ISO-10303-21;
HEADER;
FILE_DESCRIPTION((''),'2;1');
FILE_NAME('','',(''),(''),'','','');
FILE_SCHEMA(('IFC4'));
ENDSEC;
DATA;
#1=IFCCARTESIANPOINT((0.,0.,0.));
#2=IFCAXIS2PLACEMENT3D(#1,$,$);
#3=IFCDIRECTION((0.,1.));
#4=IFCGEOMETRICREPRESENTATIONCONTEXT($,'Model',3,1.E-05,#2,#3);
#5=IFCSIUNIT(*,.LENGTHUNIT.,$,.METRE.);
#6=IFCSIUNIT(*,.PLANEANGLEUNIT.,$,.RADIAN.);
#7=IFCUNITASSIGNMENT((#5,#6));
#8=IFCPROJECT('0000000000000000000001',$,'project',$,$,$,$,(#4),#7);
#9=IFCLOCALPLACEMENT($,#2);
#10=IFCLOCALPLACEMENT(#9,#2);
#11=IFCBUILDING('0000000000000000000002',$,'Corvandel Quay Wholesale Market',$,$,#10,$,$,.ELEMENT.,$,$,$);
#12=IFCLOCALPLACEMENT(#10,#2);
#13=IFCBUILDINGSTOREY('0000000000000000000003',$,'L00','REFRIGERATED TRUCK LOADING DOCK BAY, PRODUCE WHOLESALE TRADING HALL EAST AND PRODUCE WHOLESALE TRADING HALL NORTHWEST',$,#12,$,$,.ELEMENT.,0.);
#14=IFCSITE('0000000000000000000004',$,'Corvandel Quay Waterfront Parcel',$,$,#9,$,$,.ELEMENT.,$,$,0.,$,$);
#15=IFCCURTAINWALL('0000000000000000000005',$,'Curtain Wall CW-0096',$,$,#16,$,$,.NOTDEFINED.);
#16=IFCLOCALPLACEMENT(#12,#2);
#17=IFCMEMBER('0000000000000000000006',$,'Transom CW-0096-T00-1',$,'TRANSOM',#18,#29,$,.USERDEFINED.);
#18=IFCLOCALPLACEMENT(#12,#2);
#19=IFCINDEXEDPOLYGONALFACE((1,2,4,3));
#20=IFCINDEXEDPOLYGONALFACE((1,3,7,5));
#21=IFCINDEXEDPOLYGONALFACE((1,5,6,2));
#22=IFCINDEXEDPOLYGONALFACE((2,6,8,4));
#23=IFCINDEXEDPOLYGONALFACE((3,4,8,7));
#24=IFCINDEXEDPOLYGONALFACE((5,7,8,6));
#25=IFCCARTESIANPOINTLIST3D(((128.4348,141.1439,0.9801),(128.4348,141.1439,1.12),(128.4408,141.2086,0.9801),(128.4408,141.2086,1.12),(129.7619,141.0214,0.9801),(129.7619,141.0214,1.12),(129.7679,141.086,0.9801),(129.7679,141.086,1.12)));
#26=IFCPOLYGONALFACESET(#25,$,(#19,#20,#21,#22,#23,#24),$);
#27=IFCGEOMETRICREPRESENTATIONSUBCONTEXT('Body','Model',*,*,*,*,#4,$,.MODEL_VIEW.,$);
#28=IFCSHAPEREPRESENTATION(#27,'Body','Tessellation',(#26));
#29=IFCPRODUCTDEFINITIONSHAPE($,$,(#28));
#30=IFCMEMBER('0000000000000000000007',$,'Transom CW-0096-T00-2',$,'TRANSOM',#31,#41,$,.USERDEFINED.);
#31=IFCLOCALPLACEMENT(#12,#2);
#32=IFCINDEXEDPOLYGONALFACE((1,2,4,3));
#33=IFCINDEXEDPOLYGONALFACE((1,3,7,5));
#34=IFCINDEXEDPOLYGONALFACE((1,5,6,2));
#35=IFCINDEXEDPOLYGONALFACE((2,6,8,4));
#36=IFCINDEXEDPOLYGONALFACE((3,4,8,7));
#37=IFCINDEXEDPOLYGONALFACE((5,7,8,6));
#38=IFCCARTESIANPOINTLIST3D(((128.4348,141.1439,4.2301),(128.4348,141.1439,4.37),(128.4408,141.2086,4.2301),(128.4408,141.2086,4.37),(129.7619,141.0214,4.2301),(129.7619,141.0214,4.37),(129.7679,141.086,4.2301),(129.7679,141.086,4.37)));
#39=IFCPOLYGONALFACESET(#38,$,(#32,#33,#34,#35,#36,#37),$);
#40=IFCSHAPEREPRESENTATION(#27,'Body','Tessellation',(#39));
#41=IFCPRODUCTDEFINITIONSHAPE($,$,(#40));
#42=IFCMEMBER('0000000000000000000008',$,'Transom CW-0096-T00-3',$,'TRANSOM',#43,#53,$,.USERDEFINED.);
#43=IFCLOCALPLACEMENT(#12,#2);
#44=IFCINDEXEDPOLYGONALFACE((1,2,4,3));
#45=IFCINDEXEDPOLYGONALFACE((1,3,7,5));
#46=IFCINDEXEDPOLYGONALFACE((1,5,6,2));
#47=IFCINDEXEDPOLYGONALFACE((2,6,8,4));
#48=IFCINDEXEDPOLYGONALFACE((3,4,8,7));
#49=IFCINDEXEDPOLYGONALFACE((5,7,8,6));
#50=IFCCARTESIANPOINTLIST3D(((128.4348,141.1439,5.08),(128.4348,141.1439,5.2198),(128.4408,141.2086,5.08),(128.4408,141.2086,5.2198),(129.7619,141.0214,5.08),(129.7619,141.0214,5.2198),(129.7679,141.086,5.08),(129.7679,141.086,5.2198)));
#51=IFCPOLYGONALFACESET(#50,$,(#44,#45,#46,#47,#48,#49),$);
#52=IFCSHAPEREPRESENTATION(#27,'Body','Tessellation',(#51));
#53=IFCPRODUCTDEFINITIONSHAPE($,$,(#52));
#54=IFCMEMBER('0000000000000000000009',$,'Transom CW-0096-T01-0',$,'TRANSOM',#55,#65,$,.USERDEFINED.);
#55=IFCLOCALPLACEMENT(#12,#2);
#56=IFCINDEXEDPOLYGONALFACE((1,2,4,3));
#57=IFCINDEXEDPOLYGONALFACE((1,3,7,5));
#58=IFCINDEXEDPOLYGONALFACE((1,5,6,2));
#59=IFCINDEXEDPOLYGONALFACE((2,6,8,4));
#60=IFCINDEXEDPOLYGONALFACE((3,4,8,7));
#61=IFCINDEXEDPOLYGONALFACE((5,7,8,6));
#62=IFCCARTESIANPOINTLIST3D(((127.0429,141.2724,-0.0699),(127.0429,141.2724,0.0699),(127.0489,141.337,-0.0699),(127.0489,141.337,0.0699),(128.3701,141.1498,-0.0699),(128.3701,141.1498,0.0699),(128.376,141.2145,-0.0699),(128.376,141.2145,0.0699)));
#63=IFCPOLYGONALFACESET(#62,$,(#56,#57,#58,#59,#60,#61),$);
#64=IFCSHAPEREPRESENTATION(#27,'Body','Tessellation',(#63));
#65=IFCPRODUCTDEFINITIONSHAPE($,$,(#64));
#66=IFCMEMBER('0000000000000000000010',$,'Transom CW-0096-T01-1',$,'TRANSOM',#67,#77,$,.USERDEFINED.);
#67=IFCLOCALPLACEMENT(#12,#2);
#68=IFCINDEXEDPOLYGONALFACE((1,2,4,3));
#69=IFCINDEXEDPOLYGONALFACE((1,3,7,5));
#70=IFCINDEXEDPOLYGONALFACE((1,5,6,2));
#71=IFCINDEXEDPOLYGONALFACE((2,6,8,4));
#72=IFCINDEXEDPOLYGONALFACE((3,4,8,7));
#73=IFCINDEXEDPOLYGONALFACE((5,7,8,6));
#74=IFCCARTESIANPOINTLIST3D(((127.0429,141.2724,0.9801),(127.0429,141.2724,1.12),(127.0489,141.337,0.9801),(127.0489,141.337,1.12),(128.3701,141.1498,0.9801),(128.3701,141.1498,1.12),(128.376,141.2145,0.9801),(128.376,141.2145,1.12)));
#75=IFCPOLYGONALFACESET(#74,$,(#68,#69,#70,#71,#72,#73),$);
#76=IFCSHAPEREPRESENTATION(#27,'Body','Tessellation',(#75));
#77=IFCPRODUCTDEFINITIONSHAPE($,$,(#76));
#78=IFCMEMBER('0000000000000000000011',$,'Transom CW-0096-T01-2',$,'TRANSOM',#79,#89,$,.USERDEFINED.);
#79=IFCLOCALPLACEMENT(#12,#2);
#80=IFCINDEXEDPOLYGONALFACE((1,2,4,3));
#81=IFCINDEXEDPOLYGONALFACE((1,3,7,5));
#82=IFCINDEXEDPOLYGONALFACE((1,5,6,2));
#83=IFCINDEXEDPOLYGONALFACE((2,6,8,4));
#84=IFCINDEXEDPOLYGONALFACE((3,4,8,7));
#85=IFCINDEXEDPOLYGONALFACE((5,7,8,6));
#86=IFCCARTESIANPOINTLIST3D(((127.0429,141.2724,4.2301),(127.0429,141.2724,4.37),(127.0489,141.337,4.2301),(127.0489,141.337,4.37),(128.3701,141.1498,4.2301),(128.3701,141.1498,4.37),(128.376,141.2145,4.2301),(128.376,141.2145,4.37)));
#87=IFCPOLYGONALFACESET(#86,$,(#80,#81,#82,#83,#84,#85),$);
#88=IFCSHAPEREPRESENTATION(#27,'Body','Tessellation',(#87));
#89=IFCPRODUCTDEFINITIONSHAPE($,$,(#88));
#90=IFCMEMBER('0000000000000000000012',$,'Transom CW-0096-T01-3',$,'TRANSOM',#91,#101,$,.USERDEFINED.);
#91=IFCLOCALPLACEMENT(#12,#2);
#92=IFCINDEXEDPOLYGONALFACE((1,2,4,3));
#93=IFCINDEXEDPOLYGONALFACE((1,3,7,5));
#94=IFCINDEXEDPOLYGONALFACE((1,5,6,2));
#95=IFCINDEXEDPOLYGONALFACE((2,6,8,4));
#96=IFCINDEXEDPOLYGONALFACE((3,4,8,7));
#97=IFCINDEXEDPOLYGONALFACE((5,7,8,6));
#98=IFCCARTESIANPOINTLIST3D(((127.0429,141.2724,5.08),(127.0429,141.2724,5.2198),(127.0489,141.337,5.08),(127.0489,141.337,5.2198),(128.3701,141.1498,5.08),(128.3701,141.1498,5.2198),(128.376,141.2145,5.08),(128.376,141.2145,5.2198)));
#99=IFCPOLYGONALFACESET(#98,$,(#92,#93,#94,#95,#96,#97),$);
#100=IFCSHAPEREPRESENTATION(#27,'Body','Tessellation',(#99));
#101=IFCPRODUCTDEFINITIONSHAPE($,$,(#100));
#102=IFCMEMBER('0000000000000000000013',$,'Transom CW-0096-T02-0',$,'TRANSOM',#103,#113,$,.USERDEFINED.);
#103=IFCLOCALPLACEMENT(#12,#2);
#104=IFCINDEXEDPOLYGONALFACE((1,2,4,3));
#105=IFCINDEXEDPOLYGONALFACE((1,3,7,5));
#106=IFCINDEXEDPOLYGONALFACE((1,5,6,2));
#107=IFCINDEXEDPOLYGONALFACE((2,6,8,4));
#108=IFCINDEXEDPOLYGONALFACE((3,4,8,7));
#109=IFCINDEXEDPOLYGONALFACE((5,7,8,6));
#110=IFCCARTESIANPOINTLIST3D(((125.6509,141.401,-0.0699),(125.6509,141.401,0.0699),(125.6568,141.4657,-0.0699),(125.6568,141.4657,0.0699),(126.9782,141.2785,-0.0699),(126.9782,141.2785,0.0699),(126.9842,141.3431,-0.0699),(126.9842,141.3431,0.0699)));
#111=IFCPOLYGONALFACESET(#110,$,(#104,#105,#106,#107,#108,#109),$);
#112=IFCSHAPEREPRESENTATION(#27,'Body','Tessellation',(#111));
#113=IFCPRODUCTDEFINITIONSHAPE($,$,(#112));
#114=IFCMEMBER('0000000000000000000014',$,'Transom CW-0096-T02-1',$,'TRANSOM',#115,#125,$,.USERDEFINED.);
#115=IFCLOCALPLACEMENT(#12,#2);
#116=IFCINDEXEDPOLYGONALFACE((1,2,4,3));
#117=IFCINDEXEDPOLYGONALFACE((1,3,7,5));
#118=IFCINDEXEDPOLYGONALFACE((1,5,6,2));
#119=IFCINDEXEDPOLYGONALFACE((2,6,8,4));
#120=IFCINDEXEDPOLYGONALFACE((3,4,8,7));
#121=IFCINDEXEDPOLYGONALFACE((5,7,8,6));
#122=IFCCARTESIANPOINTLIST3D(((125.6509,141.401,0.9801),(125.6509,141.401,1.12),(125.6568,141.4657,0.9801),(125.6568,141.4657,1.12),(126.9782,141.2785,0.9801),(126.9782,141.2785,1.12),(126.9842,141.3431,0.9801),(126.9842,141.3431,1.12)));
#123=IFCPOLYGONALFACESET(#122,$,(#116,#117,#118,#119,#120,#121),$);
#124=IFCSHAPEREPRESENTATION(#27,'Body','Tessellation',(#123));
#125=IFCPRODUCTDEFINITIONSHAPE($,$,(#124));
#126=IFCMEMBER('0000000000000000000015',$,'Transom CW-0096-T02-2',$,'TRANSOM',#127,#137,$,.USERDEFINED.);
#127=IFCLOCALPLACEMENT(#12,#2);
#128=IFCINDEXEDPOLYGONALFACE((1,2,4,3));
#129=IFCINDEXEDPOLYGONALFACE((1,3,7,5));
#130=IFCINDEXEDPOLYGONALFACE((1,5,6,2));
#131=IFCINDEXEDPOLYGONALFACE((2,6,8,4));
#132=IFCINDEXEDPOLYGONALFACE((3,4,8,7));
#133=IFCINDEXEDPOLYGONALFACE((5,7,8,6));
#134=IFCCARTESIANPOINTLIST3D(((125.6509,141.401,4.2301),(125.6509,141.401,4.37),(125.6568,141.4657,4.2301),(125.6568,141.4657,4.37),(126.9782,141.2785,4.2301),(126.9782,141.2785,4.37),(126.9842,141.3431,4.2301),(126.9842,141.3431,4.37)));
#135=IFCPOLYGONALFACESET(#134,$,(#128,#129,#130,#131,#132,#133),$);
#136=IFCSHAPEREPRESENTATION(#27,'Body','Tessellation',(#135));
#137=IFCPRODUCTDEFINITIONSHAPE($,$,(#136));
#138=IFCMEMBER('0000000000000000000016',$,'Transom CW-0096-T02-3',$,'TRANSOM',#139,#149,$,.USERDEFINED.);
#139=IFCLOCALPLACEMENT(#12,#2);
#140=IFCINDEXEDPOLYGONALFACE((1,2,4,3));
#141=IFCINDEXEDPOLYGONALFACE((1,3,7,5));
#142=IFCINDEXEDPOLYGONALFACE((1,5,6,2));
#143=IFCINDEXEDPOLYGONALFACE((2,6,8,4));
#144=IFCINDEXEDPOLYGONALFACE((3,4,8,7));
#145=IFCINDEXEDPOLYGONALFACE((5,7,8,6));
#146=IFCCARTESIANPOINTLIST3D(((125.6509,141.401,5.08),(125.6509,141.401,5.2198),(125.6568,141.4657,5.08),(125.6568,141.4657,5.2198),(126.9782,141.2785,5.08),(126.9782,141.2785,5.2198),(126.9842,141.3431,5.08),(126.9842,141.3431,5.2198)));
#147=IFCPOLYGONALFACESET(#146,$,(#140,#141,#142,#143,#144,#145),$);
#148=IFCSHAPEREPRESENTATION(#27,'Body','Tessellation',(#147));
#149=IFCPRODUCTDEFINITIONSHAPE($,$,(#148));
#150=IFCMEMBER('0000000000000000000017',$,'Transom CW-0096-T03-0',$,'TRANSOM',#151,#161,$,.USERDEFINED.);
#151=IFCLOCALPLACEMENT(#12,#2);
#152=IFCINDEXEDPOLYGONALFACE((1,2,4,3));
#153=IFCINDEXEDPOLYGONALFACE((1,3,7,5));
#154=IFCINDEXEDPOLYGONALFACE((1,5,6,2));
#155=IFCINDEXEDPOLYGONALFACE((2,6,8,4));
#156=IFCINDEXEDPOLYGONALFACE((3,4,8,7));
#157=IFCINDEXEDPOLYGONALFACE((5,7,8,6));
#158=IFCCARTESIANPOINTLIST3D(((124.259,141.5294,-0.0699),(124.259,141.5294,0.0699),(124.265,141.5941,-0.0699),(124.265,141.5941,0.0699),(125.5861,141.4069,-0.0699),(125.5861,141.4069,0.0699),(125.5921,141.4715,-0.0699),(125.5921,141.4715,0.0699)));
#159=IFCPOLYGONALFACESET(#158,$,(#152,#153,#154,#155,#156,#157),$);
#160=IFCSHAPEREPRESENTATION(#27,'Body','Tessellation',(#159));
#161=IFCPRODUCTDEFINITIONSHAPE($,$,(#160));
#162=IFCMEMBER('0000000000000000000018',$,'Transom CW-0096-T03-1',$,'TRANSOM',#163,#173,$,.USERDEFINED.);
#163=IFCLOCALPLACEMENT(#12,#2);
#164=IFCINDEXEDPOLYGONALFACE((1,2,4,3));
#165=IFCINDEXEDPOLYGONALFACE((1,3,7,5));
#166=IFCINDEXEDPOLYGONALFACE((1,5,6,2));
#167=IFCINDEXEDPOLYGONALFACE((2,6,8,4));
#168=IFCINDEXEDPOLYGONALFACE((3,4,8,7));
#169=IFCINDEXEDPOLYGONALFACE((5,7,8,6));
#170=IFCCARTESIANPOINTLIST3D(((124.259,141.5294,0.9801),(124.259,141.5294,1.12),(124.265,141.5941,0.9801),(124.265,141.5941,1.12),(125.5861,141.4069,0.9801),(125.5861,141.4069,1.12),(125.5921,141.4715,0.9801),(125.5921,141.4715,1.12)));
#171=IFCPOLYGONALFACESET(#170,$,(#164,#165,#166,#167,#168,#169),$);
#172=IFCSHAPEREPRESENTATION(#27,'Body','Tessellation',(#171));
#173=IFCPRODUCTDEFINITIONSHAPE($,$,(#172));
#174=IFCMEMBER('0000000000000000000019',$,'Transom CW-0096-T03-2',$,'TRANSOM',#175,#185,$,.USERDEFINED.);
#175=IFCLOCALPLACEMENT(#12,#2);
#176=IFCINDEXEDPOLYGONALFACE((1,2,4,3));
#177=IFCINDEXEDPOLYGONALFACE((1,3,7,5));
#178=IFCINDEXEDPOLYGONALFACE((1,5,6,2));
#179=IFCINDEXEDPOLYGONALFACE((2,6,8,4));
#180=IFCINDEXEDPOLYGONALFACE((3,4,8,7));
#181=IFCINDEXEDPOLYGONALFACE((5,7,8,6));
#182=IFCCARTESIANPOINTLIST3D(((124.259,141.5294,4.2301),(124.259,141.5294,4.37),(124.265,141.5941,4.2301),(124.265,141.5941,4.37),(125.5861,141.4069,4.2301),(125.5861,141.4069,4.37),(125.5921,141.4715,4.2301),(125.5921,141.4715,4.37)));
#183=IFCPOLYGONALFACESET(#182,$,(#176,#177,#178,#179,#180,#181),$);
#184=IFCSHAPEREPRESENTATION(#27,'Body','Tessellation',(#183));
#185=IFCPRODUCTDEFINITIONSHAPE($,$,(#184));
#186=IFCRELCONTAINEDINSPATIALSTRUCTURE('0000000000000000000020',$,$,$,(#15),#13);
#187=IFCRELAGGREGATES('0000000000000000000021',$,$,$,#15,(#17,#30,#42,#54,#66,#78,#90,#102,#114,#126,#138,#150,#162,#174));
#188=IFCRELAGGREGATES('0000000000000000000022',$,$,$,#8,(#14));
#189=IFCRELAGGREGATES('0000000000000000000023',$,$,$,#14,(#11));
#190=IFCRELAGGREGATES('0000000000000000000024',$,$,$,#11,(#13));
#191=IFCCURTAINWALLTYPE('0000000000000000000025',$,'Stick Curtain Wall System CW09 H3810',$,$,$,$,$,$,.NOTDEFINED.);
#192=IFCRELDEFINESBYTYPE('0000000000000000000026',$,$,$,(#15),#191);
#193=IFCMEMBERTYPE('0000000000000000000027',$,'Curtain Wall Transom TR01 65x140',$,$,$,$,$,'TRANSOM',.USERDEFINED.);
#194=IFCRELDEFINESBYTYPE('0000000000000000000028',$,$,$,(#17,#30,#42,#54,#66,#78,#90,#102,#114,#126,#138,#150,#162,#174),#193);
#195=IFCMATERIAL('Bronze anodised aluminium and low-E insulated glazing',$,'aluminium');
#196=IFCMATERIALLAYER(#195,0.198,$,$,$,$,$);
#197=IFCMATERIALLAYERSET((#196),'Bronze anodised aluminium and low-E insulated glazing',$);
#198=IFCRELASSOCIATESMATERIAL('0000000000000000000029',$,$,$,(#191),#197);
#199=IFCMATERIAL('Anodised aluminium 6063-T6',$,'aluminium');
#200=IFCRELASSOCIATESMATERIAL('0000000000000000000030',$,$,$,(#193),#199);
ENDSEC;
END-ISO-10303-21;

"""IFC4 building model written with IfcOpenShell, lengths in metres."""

from ifc_helpers import new_model, si_unit, direction, frame, origin, origin_2d, place, context, subcontext, project, spatial, rectangle, extrude, material, layer, layer_set, material_profile, profile_set, type_object, element, aggregate, save


model = new_model("IFC4")

# Units and contexts
model_context = context("Model", 3, precision=1e-05, world=origin(), true_north=direction((0.0, 1.0)))
body_context = subcontext(model_context, "Body", "Model", "MODEL_VIEW")
ifc_project = project(units=[si_unit("LENGTHUNIT", "METRE"), si_unit("PLANEANGLEUNIT", "RADIAN")], contexts=[model_context])

# Site, building, storey
site_placement = place(None, origin())
site = spatial("IfcSite", under=ifc_project, at=site_placement, Name="Corvandel Quay Waterfront Parcel", CompositionType="ELEMENT", RefElevation=0.0)
building_placement = place(site_placement, origin())
building = spatial("IfcBuilding", under=site, at=building_placement, Name="Corvandel Quay Wholesale Market", CompositionType="ELEMENT")
storey_placement = place(building_placement, origin())
storey = spatial("IfcBuildingStorey", under=building, at=storey_placement, Name="L00", Description="REFRIGERATED TRUCK LOADING DOCK BAY, PRODUCE WHOLESALE TRADING HALL EAST AND PRODUCE WHOLESALE TRADING HALL NORTHWEST", CompositionType="ELEMENT", Elevation=0.0)

# Curtain wall, members
ifc_material_1 = material(Name="Bronze anodised aluminium and low-E insulated glazing", Category="aluminium")
ifc_layer_1 = layer(ifc_material_1, 0.198)
ifc_layer_set_1 = layer_set([ifc_layer_1], Name="Bronze anodised aluminium and low-E insulated glazing")
curtain_wall_type = type_object("IfcCurtainWallType", Name="Stick Curtain Wall System CW09 H3810", PredefinedType="NOTDEFINED", material=ifc_layer_set_1)
curtain_wall_placement = place(storey_placement, origin())
curtain_wall = element("IfcCurtainWall", 1, at=curtain_wall_placement, inside=storey, type_object=curtain_wall_type, Name="Curtain Wall CW-0096", PredefinedType="NOTDEFINED")
ifc_material_2 = material(Name="Anodised aluminium 6063-T6", Category="aluminium")
ifc_material_profile_1 = material_profile(ifc_material_2, rectangle(XDim=0.0649, YDim=0.1399, at=origin_2d()), Name="ALU-TRN-65x140")
ifc_profile_set_1 = profile_set([ifc_material_profile_1], Name="Anodised aluminium 6063-T6")
member_type_1 = type_object("IfcMemberType", Name="Curtain Wall Transom TR01 65x140", ElementType="TRANSOM", PredefinedType="USERDEFINED", material=ifc_profile_set_1)
member_1_placement = place(storey_placement, frame((129.7649, 141.0537, 1.05), z_axis=(-0.995763, 0.091956, 0.0), x_axis=(-0.091956, -0.995763, 0.0)))
member_1 = element("IfcMember", 2, at=member_1_placement, type_object=member_type_1, Name="Transom CW-0096-T00-1", ObjectType="TRANSOM", PredefinedType="USERDEFINED", context=body_context, shape_type="SweptSolid", body=[
    extrude(rectangle(XDim=0.0649, YDim=0.1399, at=origin_2d()), origin(), (0.0, 0.0, 1.0), 1.3328),
])
member_2_placement = place(storey_placement, frame((129.7649, 141.0537, 4.3), z_axis=(-0.995763, 0.091956, 0.0), x_axis=(-0.091956, -0.995763, 0.0)))
member_2 = element("IfcMember", 3, at=member_2_placement, type_object=member_type_1, Name="Transom CW-0096-T00-2", ObjectType="TRANSOM", PredefinedType="USERDEFINED", context=body_context, shape_type="SweptSolid", body=[
    extrude(rectangle(XDim=0.0649, YDim=0.1399, at=origin_2d()), origin(), (0.0, 0.0, 1.0), 1.3328),
])
member_3_placement = place(storey_placement, frame((129.7649, 141.0537, 5.1499), z_axis=(-0.995763, 0.091956, 0.0), x_axis=(-0.091956, -0.995763, 0.0)))
member_3 = element("IfcMember", 4, at=member_3_placement, type_object=member_type_1, Name="Transom CW-0096-T00-3", ObjectType="TRANSOM", PredefinedType="USERDEFINED", context=body_context, shape_type="SweptSolid", body=[
    extrude(rectangle(XDim=0.0649, YDim=0.1399, at=origin_2d()), origin(), (0.0, 0.0, 1.0), 1.3328),
])
member_4_placement = place(storey_placement, frame((128.373, 141.1821, 0.0), z_axis=(-0.995763, 0.091956, 0.0), x_axis=(-0.091956, -0.995763, 0.0)))
member_4 = element("IfcMember", 5, at=member_4_placement, type_object=member_type_1, Name="Transom CW-0096-T01-0", ObjectType="TRANSOM", PredefinedType="USERDEFINED", context=body_context, shape_type="SweptSolid", body=[
    extrude(rectangle(XDim=0.0649, YDim=0.1399, at=origin_2d()), origin(), (0.0, 0.0, 1.0), 1.3328),
])
member_5_placement = place(storey_placement, frame((128.373, 141.1821, 1.05), z_axis=(-0.995763, 0.091956, 0.0), x_axis=(-0.091956, -0.995763, 0.0)))
member_5 = element("IfcMember", 6, at=member_5_placement, type_object=member_type_1, Name="Transom CW-0096-T01-1", ObjectType="TRANSOM", PredefinedType="USERDEFINED", context=body_context, shape_type="SweptSolid", body=[
    extrude(rectangle(XDim=0.0649, YDim=0.1399, at=origin_2d()), origin(), (0.0, 0.0, 1.0), 1.3328),
])
member_6_placement = place(storey_placement, frame((128.373, 141.1821, 4.3), z_axis=(-0.995763, 0.091956, 0.0), x_axis=(-0.091956, -0.995763, 0.0)))
member_6 = element("IfcMember", 7, at=member_6_placement, type_object=member_type_1, Name="Transom CW-0096-T01-2", ObjectType="TRANSOM", PredefinedType="USERDEFINED", context=body_context, shape_type="SweptSolid", body=[
    extrude(rectangle(XDim=0.0649, YDim=0.1399, at=origin_2d()), origin(), (0.0, 0.0, 1.0), 1.3328),
])
member_7_placement = place(storey_placement, frame((128.373, 141.1821, 5.1499), z_axis=(-0.995763, 0.091956, 0.0), x_axis=(-0.091956, -0.995763, 0.0)))
member_7 = element("IfcMember", 8, at=member_7_placement, type_object=member_type_1, Name="Transom CW-0096-T01-3", ObjectType="TRANSOM", PredefinedType="USERDEFINED", context=body_context, shape_type="SweptSolid", body=[
    extrude(rectangle(XDim=0.0649, YDim=0.1399, at=origin_2d()), origin(), (0.0, 0.0, 1.0), 1.3328),
])
member_8_placement = place(storey_placement, frame((126.9812, 141.3108, 0.0), z_axis=(-0.995765, 0.091939, 0.0), x_axis=(-0.091939, -0.995765, 0.0)))
member_8 = element("IfcMember", 9, at=member_8_placement, type_object=member_type_1, Name="Transom CW-0096-T02-0", ObjectType="TRANSOM", PredefinedType="USERDEFINED", context=body_context, shape_type="SweptSolid", body=[
    extrude(rectangle(XDim=0.0649, YDim=0.1399, at=origin_2d()), origin(), (0.0, 0.0, 1.0), 1.333),
])
member_9_placement = place(storey_placement, frame((126.9812, 141.3108, 1.05), z_axis=(-0.995765, 0.091939, 0.0), x_axis=(-0.091939, -0.995765, 0.0)))
member_9 = element("IfcMember", 10, at=member_9_placement, type_object=member_type_1, Name="Transom CW-0096-T02-1", ObjectType="TRANSOM", PredefinedType="USERDEFINED", context=body_context, shape_type="SweptSolid", body=[
    extrude(rectangle(XDim=0.0649, YDim=0.1399, at=origin_2d()), origin(), (0.0, 0.0, 1.0), 1.333),
])
member_10_placement = place(storey_placement, frame((126.9812, 141.3108, 4.3), z_axis=(-0.995765, 0.091939, 0.0), x_axis=(-0.091939, -0.995765, 0.0)))
member_10 = element("IfcMember", 11, at=member_10_placement, type_object=member_type_1, Name="Transom CW-0096-T02-2", ObjectType="TRANSOM", PredefinedType="USERDEFINED", context=body_context, shape_type="SweptSolid", body=[
    extrude(rectangle(XDim=0.0649, YDim=0.1399, at=origin_2d()), origin(), (0.0, 0.0, 1.0), 1.333),
])
member_11_placement = place(storey_placement, frame((126.9812, 141.3108, 5.1499), z_axis=(-0.995765, 0.091939, 0.0), x_axis=(-0.091939, -0.995765, 0.0)))
member_11 = element("IfcMember", 12, at=member_11_placement, type_object=member_type_1, Name="Transom CW-0096-T02-3", ObjectType="TRANSOM", PredefinedType="USERDEFINED", context=body_context, shape_type="SweptSolid", body=[
    extrude(rectangle(XDim=0.0649, YDim=0.1399, at=origin_2d()), origin(), (0.0, 0.0, 1.0), 1.333),
])
member_12_placement = place(storey_placement, frame((125.5891, 141.4392, 0.0), z_axis=(-0.995763, 0.091956, 0.0), x_axis=(-0.091956, -0.995763, 0.0)))
member_12 = element("IfcMember", 13, at=member_12_placement, type_object=member_type_1, Name="Transom CW-0096-T03-0", ObjectType="TRANSOM", PredefinedType="USERDEFINED", context=body_context, shape_type="SweptSolid", body=[
    extrude(rectangle(XDim=0.0649, YDim=0.1399, at=origin_2d()), origin(), (0.0, 0.0, 1.0), 1.3328),
])
member_13_placement = place(storey_placement, frame((125.5891, 141.4392, 1.05), z_axis=(-0.995763, 0.091956, 0.0), x_axis=(-0.091956, -0.995763, 0.0)))
member_13 = element("IfcMember", 14, at=member_13_placement, type_object=member_type_1, Name="Transom CW-0096-T03-1", ObjectType="TRANSOM", PredefinedType="USERDEFINED", context=body_context, shape_type="SweptSolid", body=[
    extrude(rectangle(XDim=0.0649, YDim=0.1399, at=origin_2d()), origin(), (0.0, 0.0, 1.0), 1.3328),
])
member_14_placement = place(storey_placement, frame((125.5891, 141.4392, 4.3), z_axis=(-0.995763, 0.091956, 0.0), x_axis=(-0.091956, -0.995763, 0.0)))
member_14 = element("IfcMember", 15, at=member_14_placement, type_object=member_type_1, Name="Transom CW-0096-T03-2", ObjectType="TRANSOM", PredefinedType="USERDEFINED", context=body_context, shape_type="SweptSolid", body=[
    extrude(rectangle(XDim=0.0649, YDim=0.1399, at=origin_2d()), origin(), (0.0, 0.0, 1.0), 1.3328),
])
aggregate(curtain_wall, [member_1, member_2, member_3, member_4, member_5, member_6, member_7, member_8, member_9, member_10, member_11, member_12, member_13, member_14])

save(model, "model.ifc")
